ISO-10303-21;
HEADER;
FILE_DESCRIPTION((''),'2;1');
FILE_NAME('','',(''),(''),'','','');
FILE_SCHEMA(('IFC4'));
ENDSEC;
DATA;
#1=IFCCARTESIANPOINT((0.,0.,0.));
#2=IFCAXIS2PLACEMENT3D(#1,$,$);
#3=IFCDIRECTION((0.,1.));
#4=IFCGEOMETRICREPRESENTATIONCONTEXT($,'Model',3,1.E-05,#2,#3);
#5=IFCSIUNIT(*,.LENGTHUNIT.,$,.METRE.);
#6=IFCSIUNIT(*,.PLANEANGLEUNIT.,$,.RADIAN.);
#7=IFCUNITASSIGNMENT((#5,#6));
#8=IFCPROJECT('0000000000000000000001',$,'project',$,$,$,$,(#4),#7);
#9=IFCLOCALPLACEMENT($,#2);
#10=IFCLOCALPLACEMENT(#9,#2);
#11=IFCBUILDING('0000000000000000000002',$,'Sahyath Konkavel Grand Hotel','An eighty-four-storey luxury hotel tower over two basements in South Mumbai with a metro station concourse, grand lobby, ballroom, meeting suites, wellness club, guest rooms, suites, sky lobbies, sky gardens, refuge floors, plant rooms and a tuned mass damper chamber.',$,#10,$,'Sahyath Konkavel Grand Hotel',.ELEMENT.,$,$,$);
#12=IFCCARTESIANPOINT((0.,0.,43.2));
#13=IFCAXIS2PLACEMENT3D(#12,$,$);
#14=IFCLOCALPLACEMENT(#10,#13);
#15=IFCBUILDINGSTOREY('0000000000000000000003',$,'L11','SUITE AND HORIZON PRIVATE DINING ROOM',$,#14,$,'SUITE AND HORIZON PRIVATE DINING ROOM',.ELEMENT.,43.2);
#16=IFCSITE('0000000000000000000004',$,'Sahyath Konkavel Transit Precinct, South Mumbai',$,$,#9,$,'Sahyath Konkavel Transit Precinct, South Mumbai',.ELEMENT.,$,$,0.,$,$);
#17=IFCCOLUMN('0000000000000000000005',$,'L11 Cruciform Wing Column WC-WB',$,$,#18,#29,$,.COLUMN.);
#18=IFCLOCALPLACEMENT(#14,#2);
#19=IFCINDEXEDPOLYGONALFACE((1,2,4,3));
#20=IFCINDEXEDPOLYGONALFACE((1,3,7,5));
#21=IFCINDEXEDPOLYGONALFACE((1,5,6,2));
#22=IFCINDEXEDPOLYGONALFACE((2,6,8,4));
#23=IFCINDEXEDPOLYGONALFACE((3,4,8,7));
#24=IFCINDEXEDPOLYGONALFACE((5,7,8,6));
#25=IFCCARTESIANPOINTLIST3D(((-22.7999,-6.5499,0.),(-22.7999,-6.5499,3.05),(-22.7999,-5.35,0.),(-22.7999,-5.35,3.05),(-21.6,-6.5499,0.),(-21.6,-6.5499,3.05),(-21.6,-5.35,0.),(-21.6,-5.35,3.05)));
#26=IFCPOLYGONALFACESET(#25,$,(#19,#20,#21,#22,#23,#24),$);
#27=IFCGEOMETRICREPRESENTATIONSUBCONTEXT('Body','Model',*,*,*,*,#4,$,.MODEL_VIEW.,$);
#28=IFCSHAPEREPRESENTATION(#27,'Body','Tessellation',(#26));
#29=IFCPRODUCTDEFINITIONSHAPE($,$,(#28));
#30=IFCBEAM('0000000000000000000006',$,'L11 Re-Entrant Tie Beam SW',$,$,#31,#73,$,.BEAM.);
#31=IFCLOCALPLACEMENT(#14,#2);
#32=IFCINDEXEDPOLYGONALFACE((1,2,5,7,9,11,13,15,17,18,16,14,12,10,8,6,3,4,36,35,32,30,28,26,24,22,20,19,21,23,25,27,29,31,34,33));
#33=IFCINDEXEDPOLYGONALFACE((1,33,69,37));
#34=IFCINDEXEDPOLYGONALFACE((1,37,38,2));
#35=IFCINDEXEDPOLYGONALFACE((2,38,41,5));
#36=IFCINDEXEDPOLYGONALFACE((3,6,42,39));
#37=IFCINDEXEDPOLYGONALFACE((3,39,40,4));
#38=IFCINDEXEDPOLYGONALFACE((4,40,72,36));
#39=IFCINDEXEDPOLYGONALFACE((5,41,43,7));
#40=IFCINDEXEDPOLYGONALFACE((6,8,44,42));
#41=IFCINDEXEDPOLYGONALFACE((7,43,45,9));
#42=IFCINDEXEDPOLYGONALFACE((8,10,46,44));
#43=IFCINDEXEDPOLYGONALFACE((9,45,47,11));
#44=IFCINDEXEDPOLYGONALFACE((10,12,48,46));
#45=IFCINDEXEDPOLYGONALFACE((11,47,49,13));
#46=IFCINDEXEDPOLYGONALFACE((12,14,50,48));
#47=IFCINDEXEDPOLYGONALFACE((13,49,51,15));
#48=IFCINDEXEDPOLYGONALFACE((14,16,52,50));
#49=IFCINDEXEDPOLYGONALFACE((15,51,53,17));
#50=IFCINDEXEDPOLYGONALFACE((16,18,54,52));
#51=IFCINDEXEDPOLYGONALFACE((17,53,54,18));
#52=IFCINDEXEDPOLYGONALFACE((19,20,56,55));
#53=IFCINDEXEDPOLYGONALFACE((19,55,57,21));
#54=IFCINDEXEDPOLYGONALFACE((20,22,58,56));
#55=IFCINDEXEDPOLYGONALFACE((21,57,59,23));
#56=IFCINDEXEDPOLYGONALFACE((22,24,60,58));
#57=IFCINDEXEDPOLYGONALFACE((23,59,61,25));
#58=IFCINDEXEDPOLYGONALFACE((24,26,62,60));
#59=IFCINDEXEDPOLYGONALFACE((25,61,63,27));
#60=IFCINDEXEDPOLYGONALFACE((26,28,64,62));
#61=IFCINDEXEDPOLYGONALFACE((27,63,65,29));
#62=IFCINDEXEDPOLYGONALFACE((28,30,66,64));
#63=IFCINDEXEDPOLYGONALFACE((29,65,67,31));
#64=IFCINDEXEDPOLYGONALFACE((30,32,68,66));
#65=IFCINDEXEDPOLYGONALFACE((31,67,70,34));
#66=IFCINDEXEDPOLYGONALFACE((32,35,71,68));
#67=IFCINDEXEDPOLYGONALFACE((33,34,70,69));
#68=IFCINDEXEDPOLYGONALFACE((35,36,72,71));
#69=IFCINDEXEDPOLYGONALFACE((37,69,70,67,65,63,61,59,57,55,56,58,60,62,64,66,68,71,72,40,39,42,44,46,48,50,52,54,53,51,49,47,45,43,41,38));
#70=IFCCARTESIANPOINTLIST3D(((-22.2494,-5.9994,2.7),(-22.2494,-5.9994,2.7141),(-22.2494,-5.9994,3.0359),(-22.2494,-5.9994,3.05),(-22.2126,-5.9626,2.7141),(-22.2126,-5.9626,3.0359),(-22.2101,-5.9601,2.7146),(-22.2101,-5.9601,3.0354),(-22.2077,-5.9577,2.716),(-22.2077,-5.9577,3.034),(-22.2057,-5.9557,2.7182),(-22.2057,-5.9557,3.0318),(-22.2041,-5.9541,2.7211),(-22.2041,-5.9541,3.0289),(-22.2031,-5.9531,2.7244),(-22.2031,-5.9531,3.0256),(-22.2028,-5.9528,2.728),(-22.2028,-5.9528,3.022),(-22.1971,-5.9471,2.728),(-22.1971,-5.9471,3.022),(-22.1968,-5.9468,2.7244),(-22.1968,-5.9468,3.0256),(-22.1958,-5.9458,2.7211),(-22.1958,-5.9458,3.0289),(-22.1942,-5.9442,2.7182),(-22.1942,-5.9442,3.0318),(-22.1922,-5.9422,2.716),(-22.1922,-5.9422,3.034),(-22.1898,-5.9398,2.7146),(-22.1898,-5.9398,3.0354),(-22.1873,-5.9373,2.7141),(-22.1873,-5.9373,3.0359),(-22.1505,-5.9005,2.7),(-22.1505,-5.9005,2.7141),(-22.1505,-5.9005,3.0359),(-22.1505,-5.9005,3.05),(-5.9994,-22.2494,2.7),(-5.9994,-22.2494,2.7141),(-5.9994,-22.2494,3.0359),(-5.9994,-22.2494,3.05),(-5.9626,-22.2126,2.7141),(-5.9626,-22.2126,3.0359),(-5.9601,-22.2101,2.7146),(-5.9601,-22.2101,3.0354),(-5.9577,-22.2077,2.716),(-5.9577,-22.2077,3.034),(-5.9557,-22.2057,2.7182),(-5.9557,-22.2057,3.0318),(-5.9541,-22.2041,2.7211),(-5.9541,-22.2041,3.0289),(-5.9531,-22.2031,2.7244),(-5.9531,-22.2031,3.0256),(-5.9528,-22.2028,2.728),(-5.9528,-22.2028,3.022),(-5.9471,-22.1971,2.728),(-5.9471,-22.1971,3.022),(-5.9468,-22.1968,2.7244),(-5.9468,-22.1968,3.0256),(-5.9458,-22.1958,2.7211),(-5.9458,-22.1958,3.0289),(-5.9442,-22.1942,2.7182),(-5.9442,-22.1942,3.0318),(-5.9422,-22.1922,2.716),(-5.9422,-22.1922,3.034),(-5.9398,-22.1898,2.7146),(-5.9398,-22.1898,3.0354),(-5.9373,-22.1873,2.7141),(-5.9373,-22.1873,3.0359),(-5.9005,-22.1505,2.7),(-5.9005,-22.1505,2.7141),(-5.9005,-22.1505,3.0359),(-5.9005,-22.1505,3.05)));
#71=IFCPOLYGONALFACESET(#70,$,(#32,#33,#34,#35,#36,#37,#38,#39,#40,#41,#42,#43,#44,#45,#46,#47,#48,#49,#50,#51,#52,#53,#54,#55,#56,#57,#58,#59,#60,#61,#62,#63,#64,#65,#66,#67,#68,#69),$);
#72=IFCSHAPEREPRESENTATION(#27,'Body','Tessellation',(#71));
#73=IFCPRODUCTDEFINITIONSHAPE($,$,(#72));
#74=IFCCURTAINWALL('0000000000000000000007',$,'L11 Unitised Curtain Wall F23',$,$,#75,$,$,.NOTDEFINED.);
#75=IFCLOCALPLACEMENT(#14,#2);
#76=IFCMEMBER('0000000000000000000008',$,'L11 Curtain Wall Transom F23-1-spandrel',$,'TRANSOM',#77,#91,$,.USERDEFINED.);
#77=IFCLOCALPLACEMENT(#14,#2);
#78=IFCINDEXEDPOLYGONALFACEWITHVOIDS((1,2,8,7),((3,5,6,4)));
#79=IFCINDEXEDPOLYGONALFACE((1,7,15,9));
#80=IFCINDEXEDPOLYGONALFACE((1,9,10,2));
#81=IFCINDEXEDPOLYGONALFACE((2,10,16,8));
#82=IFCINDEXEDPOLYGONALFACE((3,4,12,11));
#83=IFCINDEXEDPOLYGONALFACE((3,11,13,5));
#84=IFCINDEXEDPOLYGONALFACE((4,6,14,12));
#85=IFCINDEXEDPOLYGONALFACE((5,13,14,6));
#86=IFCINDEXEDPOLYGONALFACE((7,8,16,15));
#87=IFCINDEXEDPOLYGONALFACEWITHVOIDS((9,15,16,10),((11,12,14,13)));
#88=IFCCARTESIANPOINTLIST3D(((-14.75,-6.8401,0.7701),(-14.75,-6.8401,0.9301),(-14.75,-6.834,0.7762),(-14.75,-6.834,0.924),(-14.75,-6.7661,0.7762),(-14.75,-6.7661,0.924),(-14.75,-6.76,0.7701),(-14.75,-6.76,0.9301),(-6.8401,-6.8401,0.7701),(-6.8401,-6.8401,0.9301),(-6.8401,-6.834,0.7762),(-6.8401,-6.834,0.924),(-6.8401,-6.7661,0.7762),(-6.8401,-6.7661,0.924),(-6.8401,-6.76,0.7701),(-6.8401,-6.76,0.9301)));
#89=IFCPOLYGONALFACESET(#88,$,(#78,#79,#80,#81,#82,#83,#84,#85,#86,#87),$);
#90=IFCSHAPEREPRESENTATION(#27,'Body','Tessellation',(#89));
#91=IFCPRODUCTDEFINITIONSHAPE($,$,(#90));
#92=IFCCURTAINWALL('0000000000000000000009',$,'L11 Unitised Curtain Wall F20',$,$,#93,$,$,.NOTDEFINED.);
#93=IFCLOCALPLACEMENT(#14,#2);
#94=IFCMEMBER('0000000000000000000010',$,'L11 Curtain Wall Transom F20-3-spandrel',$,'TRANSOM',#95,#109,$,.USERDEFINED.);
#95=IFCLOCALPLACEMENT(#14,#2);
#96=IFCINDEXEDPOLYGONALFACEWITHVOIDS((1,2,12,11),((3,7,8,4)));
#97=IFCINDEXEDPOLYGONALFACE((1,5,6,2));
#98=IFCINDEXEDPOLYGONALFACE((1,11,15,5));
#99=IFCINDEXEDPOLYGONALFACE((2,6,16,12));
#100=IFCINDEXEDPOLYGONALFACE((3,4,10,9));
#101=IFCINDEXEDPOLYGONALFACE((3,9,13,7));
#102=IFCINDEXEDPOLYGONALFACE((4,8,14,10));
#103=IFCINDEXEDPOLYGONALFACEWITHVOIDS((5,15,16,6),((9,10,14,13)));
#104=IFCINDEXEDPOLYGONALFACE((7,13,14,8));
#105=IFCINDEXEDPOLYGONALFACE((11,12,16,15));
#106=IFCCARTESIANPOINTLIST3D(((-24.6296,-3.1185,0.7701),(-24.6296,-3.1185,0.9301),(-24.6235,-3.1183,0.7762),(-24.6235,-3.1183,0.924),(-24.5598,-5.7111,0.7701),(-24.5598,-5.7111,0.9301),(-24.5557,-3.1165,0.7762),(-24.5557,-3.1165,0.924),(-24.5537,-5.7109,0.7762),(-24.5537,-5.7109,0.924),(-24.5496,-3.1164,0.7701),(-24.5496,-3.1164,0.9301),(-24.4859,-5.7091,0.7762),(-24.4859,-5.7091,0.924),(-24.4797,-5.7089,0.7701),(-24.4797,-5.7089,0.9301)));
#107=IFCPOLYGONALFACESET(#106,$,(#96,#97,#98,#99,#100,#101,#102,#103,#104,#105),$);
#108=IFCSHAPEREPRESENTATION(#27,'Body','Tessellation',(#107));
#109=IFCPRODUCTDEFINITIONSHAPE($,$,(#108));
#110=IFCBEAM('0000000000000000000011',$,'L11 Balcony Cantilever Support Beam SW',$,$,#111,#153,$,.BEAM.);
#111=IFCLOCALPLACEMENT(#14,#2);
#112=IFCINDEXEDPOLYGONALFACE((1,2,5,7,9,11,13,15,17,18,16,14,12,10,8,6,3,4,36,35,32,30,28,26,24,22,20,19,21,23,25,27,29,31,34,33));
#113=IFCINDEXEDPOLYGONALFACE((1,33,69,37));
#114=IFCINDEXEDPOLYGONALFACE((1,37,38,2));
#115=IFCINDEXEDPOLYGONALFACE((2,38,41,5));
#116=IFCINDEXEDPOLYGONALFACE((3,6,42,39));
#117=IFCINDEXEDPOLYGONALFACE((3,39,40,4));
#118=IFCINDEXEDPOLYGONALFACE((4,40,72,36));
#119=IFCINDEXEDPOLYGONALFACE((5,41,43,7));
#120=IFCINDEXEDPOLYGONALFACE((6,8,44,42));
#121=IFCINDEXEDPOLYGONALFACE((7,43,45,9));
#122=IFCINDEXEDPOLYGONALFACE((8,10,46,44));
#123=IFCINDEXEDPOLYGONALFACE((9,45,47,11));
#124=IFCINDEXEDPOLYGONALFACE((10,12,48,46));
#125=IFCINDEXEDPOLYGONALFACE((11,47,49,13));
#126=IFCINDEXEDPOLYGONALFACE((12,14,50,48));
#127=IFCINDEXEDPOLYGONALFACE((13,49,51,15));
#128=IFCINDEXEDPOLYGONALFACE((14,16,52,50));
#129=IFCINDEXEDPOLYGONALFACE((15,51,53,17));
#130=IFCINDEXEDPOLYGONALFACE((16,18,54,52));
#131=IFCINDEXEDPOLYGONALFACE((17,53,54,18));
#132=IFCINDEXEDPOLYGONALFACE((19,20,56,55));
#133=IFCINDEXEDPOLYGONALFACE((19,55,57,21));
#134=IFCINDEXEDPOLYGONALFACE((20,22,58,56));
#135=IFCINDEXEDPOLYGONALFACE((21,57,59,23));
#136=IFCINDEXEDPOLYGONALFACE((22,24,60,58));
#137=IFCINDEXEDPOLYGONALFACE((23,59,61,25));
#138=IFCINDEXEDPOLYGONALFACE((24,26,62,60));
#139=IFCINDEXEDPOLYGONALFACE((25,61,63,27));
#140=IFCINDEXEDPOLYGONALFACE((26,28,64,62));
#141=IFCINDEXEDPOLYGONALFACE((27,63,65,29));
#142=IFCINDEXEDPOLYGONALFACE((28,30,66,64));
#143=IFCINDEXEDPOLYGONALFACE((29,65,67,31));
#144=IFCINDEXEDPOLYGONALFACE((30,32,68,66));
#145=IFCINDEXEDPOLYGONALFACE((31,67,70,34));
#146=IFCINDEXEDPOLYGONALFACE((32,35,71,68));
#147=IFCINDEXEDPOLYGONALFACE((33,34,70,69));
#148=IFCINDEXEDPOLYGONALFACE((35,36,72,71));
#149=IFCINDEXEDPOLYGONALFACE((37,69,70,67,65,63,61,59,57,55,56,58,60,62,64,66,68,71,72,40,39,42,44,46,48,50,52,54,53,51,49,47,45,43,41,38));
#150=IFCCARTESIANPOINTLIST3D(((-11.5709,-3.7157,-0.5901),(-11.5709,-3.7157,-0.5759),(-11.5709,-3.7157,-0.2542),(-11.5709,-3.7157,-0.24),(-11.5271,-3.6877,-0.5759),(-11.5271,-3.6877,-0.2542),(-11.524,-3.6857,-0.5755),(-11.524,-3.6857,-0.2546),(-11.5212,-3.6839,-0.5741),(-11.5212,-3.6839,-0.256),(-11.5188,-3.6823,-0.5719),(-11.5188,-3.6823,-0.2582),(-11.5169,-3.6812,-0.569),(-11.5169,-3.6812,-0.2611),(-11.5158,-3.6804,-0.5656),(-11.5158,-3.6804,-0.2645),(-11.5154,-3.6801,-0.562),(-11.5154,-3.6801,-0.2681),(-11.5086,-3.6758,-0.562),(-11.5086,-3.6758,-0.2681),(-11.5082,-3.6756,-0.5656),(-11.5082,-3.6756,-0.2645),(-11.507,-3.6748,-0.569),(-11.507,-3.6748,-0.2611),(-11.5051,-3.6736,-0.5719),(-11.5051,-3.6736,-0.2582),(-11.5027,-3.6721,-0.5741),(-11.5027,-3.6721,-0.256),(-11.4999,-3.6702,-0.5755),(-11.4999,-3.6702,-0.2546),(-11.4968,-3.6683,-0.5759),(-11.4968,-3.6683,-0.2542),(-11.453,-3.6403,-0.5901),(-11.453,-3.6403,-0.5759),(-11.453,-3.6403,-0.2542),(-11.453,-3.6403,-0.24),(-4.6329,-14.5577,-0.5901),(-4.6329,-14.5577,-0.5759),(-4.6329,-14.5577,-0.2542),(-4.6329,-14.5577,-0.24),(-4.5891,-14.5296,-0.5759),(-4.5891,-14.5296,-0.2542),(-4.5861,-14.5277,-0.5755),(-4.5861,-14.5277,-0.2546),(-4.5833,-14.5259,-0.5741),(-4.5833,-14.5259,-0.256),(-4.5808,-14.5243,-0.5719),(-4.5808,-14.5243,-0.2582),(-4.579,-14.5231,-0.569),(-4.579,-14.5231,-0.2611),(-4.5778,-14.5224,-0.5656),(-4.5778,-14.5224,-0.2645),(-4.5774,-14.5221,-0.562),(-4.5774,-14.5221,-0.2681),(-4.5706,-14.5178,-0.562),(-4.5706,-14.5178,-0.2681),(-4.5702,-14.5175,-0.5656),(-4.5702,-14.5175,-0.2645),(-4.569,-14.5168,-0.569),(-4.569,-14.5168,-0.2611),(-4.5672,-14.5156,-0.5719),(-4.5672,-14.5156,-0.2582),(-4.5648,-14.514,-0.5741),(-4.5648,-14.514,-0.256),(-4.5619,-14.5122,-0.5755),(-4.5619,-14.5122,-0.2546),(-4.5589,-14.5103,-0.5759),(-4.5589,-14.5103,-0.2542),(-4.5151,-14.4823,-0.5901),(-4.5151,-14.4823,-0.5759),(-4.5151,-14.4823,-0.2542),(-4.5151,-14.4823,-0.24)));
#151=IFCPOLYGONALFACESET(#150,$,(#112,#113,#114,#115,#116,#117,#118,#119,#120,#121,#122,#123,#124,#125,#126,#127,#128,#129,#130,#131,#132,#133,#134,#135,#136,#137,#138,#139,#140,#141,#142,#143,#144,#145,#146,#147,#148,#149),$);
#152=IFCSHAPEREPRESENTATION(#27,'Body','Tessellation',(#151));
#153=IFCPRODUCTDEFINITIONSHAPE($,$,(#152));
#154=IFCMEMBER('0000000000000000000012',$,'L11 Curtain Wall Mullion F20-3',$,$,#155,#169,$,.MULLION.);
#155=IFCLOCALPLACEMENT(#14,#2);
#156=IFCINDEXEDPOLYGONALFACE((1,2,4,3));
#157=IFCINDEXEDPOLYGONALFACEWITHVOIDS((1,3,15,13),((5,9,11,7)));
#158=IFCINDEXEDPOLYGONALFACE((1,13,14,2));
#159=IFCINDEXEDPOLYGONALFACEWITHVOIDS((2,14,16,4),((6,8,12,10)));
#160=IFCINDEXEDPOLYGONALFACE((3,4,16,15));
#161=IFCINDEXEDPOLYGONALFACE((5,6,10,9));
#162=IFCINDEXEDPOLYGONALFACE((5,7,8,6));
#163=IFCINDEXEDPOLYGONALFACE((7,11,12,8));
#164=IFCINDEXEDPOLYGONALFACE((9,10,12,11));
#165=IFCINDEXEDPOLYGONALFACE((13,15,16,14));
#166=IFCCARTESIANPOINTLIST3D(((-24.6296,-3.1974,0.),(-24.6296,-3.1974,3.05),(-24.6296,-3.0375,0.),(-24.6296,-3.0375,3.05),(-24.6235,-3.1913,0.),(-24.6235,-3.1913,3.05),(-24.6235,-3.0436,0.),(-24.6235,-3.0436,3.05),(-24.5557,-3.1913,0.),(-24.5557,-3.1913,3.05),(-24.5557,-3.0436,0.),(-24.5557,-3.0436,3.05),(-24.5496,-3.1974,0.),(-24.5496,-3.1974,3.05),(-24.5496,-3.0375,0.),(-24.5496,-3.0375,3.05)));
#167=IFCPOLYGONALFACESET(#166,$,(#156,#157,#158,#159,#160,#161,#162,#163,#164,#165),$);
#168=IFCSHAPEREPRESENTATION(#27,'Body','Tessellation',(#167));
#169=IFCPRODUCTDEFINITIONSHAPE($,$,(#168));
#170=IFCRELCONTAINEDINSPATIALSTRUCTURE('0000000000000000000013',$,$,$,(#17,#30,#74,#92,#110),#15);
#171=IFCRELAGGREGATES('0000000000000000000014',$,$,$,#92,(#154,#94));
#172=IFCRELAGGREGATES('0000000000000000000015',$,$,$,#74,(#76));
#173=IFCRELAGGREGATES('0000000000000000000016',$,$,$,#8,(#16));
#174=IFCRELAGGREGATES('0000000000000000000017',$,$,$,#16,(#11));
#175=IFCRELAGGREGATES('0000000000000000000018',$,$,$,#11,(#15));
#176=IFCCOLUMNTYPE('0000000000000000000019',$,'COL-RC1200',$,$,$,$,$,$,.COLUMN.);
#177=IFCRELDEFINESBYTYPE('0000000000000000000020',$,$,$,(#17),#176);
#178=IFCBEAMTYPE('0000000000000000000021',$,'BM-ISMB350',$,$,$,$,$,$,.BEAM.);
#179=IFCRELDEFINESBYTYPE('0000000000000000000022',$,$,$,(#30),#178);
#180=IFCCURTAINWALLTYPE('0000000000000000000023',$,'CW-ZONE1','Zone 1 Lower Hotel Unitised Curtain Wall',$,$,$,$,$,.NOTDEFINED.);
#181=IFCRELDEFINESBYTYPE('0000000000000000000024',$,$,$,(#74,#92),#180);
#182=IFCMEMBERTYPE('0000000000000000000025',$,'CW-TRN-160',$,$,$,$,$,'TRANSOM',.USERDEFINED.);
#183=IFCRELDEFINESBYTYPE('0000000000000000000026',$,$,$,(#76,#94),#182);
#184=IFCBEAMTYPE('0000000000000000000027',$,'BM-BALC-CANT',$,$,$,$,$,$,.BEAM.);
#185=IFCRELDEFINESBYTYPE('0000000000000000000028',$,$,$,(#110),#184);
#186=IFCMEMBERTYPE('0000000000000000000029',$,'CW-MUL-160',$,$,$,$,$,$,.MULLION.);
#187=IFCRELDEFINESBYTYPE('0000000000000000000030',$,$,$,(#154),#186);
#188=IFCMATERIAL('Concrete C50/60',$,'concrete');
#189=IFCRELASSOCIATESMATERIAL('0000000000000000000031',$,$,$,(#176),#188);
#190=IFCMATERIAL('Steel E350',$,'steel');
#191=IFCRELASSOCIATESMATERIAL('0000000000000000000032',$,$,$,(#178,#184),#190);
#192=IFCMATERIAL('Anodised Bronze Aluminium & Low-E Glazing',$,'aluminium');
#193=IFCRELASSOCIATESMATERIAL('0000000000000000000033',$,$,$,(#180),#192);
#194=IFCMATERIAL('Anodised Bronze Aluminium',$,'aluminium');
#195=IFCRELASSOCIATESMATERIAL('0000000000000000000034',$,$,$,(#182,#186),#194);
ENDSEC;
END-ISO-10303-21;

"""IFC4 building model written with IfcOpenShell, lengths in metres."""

from ifc_helpers import new_model, si_unit, direction, frame, origin, origin_2d, place, context, subcontext, project, spatial, rectangle, hollow_rectangle, i_section, extrude, source, transform, mapped, material, material_profile, profile_set, type_object, element, aggregate, save


model = new_model("IFC4")

# Units and contexts
model_context = context("Model", 3, precision=1e-05, world=origin(), true_north=direction((0.0, 1.0)))
body_context = subcontext(model_context, "Body", "Model", "MODEL_VIEW")
ifc_project = project(units=[si_unit("LENGTHUNIT", "METRE"), si_unit("PLANEANGLEUNIT", "RADIAN")], contexts=[model_context])

# Site, building, storey
site_placement = place(None, origin())
site = spatial("IfcSite", under=ifc_project, at=site_placement, Name="Sahyath Konkavel Transit Precinct, South Mumbai", LongName="Sahyath Konkavel Transit Precinct, South Mumbai", CompositionType="ELEMENT", RefElevation=0.0)
building_placement = place(site_placement, origin())
building = spatial("IfcBuilding", under=site, at=building_placement, Name="Sahyath Konkavel Grand Hotel", Description="An eighty-four-storey luxury hotel tower over two basements in South Mumbai with a metro station concourse, grand lobby, ballroom, meeting suites, wellness club, guest rooms, suites, sky lobbies, sky gardens, refuge floors, plant rooms and a tuned mass damper chamber.", LongName="Sahyath Konkavel Grand Hotel", CompositionType="ELEMENT")
storey_placement = place(building_placement, frame((0.0, 0.0, 43.2)))
storey = spatial("IfcBuildingStorey", under=building, at=storey_placement, Name="L11", Description="SUITE AND HORIZON PRIVATE DINING ROOM", LongName="SUITE AND HORIZON PRIVATE DINING ROOM", CompositionType="ELEMENT", Elevation=43.2)

# Column
ifc_material_1 = material(Name="Concrete C50/60", Category="concrete")
ifc_material_profile_1 = material_profile(ifc_material_1, rectangle(XDim=1.2, YDim=1.2, at=origin_2d()), Name="RC 1200x1200")
ifc_profile_set_1 = profile_set([ifc_material_profile_1], Name="Concrete C50/60")
column_type = type_object("IfcColumnType", Name="COL-RC1200", PredefinedType="COLUMN", material=ifc_profile_set_1)
shared_shape_1 = source(origin(), body_context, "Body", "SweptSolid", [
    extrude(rectangle(XDim=1.2, YDim=1.2, at=origin_2d()), origin(), (0.0, 0.0, 1.0), 3.05),
])
column_placement = place(storey_placement, frame((-22.2, -5.95, 0.0), z_axis=(0.0, 0.0, 1.0), x_axis=(1.0, 0.0, 0.0)))
element("IfcColumn", 1, at=column_placement, inside=storey, type_object=column_type, Name="L11 Cruciform Wing Column WC-WB", PredefinedType="COLUMN", context=body_context, shape_type="MappedRepresentation", body=[
    mapped(shared_shape_1, transform((0.0, 0.0, 0.0), scale=1.0)),
])

# Beam
ifc_material_2 = material(Name="Steel E350", Category="steel")
ifc_material_profile_2 = material_profile(ifc_material_2, i_section(OverallWidth=0.1399, OverallDepth=0.3501, WebThickness=0.0081, FlangeThickness=0.0142, FilletRadius=0.0139, at=origin_2d()), Name="ISMB 350")
ifc_profile_set_2 = profile_set([ifc_material_profile_2], Name="Steel E350")
beam_type_1 = type_object("IfcBeamType", Name="BM-ISMB350", PredefinedType="BEAM", material=ifc_profile_set_2)
shared_shape_2 = source(origin(), body_context, "Body", "SweptSolid", [
    extrude(i_section(OverallWidth=0.1399, OverallDepth=0.3501, WebThickness=0.0081, FlangeThickness=0.0142, FilletRadius=0.0139, at=origin_2d()), origin(), (0.0, 0.0, 1.0), 22.981),
])
beam_1_placement = place(storey_placement, frame((-22.2, -5.95, 2.875), z_axis=(0.707107, -0.707107, 0.0), x_axis=(0.707107, 0.707107, 0.0)))
element("IfcBeam", 2, at=beam_1_placement, inside=storey, type_object=beam_type_1, Name="L11 Re-Entrant Tie Beam SW", PredefinedType="BEAM", context=body_context, shape_type="MappedRepresentation", body=[
    mapped(shared_shape_2, transform((0.0, 0.0, 0.0), scale=1.0)),
])

# Curtain walls, members
ifc_material_3 = material(Name="Anodised Bronze Aluminium & Low-E Glazing", Category="aluminium")
curtain_wall_type = type_object("IfcCurtainWallType", Name="CW-ZONE1", Description="Zone 1 Lower Hotel Unitised Curtain Wall", PredefinedType="NOTDEFINED", material=ifc_material_3)
curtain_wall_1_placement = place(storey_placement, origin())
curtain_wall_1 = element("IfcCurtainWall", 3, at=curtain_wall_1_placement, inside=storey, type_object=curtain_wall_type, Name="L11 Unitised Curtain Wall F23", PredefinedType="NOTDEFINED")
ifc_material_4 = material(Name="Anodised Bronze Aluminium", Category="aluminium")
ifc_material_profile_3 = material_profile(ifc_material_4, hollow_rectangle(XDim=0.0801, YDim=0.1599, WallThickness=0.0061, at=origin_2d()), Name="RHS 160x80x6")
ifc_profile_set_3 = profile_set([ifc_material_profile_3], Name="Anodised Bronze Aluminium")
member_type_1 = type_object("IfcMemberType", Name="CW-TRN-160", ElementType="TRANSOM", PredefinedType="USERDEFINED", material=ifc_profile_set_3)
shared_shape_3 = source(origin(), body_context, "Body", "SweptSolid", [
    extrude(hollow_rectangle(XDim=0.0801, YDim=0.1599, WallThickness=0.0061, at=origin_2d()), origin(), (0.0, 0.0, 1.0), 7.9099),
])
member_1_placement = place(storey_placement, frame((-14.75, -6.8, 0.8501), z_axis=(1.0, 0.0, 0.0), x_axis=(0.0, 1.0, 0.0)))
member_1 = element("IfcMember", 4, at=member_1_placement, type_object=member_type_1, Name="L11 Curtain Wall Transom F23-1-spandrel", ObjectType="TRANSOM", PredefinedType="USERDEFINED", context=body_context, shape_type="MappedRepresentation", body=[
    mapped(shared_shape_3, transform((0.0, 0.0, 0.0), scale=1.0)),
])
curtain_wall_2_placement = place(storey_placement, origin())
curtain_wall_2 = element("IfcCurtainWall", 5, at=curtain_wall_2_placement, inside=storey, type_object=curtain_wall_type, Name="L11 Unitised Curtain Wall F20", PredefinedType="NOTDEFINED")
shared_shape_4 = source(origin(), body_context, "Body", "SweptSolid", [
    extrude(hollow_rectangle(XDim=0.0801, YDim=0.1599, WallThickness=0.0061, at=origin_2d()), origin(), (0.0, 0.0, 1.0), 2.5935),
])
member_2_placement = place(storey_placement, frame((-24.5896, -3.1174, 0.8501), z_axis=(0.026923, -0.999638, 0.0), x_axis=(0.999638, 0.026923, 0.0)))
member_2 = element("IfcMember", 6, at=member_2_placement, type_object=member_type_1, Name="L11 Curtain Wall Transom F20-3-spandrel", ObjectType="TRANSOM", PredefinedType="USERDEFINED", context=body_context, shape_type="MappedRepresentation", body=[
    mapped(shared_shape_4, transform((0.0, 0.0, 0.0), scale=1.0)),
])

# Beam
ifc_material_profile_4 = material_profile(ifc_material_2, i_section(OverallWidth=0.1399, OverallDepth=0.3501, WebThickness=0.0081, FlangeThickness=0.0142, FilletRadius=0.0139, at=origin_2d()), Name="ISMB 350")
ifc_profile_set_4 = profile_set([ifc_material_profile_4], Name="Steel E350")
beam_type_2 = type_object("IfcBeamType", Name="BM-BALC-CANT", PredefinedType="BEAM", material=ifc_profile_set_4)
shared_shape_5 = source(origin(), body_context, "Body", "SweptSolid", [
    extrude(i_section(OverallWidth=0.1399, OverallDepth=0.3501, WebThickness=0.0081, FlangeThickness=0.0142, FilletRadius=0.0139, at=origin_2d()), origin(), (0.0, 0.0, 1.0), 12.8718),
])
beam_2_placement = place(storey_placement, frame((-11.512, -3.678, -0.415), z_axis=(0.539003, -0.842304, 0.0), x_axis=(0.842304, 0.539003, 0.0)))
element("IfcBeam", 7, at=beam_2_placement, inside=storey, type_object=beam_type_2, Name="L11 Balcony Cantilever Support Beam SW", PredefinedType="BEAM", context=body_context, shape_type="MappedRepresentation", body=[
    mapped(shared_shape_5, transform((0.0, 0.0, 0.0), scale=1.0)),
])

# Member
ifc_material_profile_5 = material_profile(ifc_material_4, hollow_rectangle(XDim=0.0801, YDim=0.1599, WallThickness=0.0061, at=origin_2d()), Name="RHS 160x80x6")
ifc_profile_set_5 = profile_set([ifc_material_profile_5], Name="Anodised Bronze Aluminium")
member_type_2 = type_object("IfcMemberType", Name="CW-MUL-160", PredefinedType="MULLION", material=ifc_profile_set_5)
shared_shape_6 = source(origin(), body_context, "Body", "SweptSolid", [
    extrude(hollow_rectangle(XDim=0.0801, YDim=0.1599, WallThickness=0.0061, at=origin_2d()), origin(), (0.0, 0.0, 1.0), 3.05),
])
member_3_placement = place(storey_placement, frame((-24.5896, -3.1174, 0.0), z_axis=(0.0, 0.0, 1.0), x_axis=(1.0, 0.0, 0.0)))
member_3 = element("IfcMember", 8, at=member_3_placement, type_object=member_type_2, Name="L11 Curtain Wall Mullion F20-3", PredefinedType="MULLION", context=body_context, shape_type="MappedRepresentation", body=[
    mapped(shared_shape_6, transform((0.0, 0.0, 0.0), scale=1.0)),
])

aggregate(curtain_wall_2, [member_3, member_2])
aggregate(curtain_wall_1, [member_1])

save(model, "model.ifc")
